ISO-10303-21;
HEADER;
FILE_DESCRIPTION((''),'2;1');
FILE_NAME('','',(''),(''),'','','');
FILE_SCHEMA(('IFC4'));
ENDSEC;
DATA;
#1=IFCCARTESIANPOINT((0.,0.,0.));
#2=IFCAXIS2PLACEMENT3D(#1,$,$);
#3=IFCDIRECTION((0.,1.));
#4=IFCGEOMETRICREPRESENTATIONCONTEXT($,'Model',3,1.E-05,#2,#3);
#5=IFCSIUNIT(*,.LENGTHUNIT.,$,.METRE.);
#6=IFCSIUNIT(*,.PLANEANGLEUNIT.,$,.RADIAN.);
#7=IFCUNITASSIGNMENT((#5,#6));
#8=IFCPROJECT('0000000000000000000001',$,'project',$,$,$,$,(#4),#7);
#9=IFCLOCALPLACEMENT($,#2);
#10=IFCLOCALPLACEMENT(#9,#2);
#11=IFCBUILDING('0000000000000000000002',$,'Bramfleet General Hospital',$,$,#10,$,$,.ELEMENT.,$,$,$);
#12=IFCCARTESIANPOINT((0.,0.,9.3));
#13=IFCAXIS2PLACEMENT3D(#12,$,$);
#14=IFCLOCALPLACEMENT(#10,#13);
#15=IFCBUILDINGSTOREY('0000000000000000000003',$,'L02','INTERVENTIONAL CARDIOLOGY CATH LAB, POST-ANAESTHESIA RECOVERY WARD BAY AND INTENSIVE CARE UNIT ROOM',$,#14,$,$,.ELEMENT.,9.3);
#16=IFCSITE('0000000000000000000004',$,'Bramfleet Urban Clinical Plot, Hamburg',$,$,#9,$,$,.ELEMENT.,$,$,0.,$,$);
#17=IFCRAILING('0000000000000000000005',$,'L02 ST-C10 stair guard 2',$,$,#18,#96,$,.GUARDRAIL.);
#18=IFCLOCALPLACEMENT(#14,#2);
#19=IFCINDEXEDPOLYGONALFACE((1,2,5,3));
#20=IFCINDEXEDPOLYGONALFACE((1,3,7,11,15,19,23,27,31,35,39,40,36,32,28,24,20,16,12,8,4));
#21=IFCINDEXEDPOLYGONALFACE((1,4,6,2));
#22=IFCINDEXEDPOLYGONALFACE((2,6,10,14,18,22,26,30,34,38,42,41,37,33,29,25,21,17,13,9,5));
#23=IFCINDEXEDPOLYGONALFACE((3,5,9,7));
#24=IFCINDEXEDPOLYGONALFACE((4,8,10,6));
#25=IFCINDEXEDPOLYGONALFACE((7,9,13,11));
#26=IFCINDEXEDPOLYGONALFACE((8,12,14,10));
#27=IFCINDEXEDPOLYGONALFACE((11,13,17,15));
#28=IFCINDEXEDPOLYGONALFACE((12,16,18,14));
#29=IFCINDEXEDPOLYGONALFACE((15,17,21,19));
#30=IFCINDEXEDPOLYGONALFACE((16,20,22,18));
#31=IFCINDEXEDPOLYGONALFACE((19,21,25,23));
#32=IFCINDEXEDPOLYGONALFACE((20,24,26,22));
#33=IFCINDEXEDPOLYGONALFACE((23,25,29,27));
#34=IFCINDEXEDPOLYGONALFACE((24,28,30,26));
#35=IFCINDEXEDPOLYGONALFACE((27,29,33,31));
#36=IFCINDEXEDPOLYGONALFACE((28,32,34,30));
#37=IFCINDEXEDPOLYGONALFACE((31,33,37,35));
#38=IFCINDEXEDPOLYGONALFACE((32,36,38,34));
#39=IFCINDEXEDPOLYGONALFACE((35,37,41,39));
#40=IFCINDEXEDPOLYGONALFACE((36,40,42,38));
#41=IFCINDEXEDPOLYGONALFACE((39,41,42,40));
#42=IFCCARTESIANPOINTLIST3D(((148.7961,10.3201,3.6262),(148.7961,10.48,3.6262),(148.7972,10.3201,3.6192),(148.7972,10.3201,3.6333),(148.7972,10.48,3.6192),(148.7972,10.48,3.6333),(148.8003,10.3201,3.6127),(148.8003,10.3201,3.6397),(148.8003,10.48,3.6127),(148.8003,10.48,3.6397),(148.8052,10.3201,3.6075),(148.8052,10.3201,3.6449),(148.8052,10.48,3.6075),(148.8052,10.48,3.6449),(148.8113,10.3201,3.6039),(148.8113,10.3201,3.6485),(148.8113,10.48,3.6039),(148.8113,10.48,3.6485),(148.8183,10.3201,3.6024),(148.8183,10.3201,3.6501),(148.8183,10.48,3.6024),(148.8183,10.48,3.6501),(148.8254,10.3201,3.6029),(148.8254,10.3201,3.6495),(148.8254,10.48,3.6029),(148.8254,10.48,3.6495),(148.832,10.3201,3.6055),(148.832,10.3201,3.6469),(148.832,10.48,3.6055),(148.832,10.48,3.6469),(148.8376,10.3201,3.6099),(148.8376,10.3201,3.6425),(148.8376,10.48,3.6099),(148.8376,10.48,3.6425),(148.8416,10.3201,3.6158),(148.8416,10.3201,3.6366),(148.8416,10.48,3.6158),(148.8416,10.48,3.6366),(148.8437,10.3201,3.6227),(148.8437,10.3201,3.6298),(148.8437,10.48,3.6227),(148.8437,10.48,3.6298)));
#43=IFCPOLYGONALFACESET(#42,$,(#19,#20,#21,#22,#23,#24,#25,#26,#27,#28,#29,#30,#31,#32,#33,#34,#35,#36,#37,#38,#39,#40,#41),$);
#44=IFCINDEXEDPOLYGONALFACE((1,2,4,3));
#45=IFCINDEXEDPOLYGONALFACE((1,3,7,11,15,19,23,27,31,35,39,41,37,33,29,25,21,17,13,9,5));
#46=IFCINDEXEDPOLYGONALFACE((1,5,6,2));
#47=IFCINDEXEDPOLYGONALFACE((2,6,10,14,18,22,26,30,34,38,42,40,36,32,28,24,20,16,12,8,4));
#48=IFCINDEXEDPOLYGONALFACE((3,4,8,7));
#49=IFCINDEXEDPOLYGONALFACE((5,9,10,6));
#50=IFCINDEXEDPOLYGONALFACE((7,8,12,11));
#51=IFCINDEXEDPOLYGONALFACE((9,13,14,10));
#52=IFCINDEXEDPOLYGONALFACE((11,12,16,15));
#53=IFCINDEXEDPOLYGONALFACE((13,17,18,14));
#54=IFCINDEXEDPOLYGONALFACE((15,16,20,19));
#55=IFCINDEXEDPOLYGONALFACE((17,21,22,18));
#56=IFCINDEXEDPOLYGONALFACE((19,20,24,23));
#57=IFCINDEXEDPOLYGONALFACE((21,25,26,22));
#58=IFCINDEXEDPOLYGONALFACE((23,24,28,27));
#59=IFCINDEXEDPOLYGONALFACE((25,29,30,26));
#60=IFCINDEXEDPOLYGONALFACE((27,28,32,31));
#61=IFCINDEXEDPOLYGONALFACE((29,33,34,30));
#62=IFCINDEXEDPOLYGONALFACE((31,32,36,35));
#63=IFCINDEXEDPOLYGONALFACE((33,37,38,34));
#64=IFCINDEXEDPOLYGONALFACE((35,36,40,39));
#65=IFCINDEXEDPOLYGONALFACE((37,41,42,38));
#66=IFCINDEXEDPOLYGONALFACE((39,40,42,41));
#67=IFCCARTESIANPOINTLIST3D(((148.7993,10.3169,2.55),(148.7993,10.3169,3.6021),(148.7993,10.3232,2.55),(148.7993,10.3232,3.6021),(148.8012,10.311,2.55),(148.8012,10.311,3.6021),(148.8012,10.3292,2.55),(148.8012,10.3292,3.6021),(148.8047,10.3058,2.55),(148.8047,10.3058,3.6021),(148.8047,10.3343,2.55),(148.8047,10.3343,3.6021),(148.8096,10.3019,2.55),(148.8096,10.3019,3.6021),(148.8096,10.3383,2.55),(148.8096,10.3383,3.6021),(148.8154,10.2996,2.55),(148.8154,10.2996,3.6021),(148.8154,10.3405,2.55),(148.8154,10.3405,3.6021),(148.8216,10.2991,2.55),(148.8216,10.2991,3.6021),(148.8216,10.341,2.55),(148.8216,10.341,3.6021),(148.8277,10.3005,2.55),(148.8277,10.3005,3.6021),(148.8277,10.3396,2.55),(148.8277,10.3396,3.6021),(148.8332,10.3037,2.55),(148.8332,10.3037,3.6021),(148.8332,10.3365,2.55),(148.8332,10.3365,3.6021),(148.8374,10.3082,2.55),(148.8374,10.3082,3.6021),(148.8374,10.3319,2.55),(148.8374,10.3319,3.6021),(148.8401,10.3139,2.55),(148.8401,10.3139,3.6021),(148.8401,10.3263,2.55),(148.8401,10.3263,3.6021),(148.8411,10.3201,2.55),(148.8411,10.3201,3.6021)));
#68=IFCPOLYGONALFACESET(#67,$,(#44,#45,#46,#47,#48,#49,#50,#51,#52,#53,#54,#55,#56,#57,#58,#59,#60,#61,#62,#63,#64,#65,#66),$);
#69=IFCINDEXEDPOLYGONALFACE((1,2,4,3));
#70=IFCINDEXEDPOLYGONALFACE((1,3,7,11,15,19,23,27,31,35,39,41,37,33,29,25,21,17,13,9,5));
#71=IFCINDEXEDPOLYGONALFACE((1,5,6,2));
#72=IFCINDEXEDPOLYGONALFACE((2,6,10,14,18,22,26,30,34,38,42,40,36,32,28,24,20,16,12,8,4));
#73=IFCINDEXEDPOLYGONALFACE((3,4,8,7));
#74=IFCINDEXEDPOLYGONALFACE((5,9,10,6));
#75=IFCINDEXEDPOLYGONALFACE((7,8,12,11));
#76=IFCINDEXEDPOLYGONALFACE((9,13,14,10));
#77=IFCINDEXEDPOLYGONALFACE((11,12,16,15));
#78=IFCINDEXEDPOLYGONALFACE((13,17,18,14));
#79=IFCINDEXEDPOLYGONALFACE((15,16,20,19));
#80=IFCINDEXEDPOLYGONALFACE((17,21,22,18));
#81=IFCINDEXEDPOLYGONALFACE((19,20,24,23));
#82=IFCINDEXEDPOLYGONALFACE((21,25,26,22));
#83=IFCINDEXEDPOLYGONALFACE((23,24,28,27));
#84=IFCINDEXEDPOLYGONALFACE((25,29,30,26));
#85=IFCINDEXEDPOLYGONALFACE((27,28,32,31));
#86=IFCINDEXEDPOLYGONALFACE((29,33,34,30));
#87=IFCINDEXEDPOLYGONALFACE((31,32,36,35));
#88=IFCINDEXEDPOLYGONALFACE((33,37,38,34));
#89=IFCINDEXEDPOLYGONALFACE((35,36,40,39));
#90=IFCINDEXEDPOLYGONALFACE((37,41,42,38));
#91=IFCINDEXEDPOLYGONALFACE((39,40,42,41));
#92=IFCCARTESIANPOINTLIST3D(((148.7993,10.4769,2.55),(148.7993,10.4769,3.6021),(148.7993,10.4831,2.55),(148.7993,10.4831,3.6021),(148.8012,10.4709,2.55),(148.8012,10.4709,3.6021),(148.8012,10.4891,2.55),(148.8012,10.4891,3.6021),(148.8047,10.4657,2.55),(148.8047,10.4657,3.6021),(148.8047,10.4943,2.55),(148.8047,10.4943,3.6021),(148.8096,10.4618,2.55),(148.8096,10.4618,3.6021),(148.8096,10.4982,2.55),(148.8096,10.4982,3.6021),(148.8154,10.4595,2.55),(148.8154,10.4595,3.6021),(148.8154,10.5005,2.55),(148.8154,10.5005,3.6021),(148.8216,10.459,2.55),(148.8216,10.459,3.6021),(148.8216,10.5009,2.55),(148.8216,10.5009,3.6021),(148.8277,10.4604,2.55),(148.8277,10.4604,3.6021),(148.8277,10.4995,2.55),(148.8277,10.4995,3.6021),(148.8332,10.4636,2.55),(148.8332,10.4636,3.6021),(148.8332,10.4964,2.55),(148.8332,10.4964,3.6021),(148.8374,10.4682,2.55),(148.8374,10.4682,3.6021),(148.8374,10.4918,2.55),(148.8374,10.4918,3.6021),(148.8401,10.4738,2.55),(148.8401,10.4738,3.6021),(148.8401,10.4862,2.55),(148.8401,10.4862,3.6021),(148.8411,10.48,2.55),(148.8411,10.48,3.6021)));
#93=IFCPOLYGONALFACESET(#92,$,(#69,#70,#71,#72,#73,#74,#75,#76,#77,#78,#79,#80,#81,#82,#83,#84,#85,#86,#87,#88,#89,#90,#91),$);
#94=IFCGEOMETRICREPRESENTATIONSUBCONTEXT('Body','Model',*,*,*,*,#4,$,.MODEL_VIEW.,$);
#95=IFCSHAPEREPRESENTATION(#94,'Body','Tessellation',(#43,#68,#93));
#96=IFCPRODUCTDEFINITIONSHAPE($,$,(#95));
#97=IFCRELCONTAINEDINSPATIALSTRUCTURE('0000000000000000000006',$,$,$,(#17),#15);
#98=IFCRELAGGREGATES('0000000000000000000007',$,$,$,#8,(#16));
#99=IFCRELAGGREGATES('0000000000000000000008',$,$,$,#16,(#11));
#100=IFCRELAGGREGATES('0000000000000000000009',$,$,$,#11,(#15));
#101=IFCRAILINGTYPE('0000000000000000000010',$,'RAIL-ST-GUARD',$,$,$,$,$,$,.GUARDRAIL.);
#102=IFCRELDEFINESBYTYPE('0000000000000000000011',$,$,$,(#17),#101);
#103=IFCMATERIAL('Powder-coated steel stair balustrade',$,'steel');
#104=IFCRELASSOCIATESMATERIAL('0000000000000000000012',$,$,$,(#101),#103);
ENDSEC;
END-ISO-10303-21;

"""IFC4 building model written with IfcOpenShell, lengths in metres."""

from ifc_helpers import new_model, si_unit, direction, frame, origin, origin_2d, place, context, subcontext, project, spatial, circle, extrude, material, type_object, element, save


model = new_model("IFC4")

# Units and contexts
model_context = context("Model", 3, precision=1e-05, world=origin(), true_north=direction((0.0, 1.0)))
body_context = subcontext(model_context, "Body", "Model", "MODEL_VIEW")
ifc_project = project(units=[si_unit("LENGTHUNIT", "METRE"), si_unit("PLANEANGLEUNIT", "RADIAN")], contexts=[model_context])

# Site, building, storey
site_placement = place(None, origin())
site = spatial("IfcSite", under=ifc_project, at=site_placement, Name="Bramfleet Urban Clinical Plot, Hamburg", CompositionType="ELEMENT", RefElevation=0.0)
building_placement = place(site_placement, origin())
building = spatial("IfcBuilding", under=site, at=building_placement, Name="Bramfleet General Hospital", CompositionType="ELEMENT")
storey_placement = place(building_placement, frame((0.0, 0.0, 9.3)))
storey = spatial("IfcBuildingStorey", under=building, at=storey_placement, Name="L02", Description="INTERVENTIONAL CARDIOLOGY CATH LAB, POST-ANAESTHESIA RECOVERY WARD BAY AND INTENSIVE CARE UNIT ROOM", CompositionType="ELEMENT", Elevation=9.3)

# Railing
ifc_material_1 = material(Name="Powder-coated steel stair balustrade", Category="steel")
railing_type = type_object("IfcRailingType", Name="RAIL-ST-GUARD", PredefinedType="GUARDRAIL", material=ifc_material_1)
railing_1_placement = place(storey_placement, frame((148.8201, 10.3201, 2.55)))
element("IfcRailing", 1, at=railing_1_placement, inside=storey, type_object=railing_type, Name="L02 ST-C10 stair guard 2", PredefinedType="GUARDRAIL", context=body_context, shape_type="SweptSolid", body=[
    extrude(circle(Radius=0.0239, at=origin_2d()), frame((0.0, 0.0, 1.0762), z_axis=(0.0, 1.0, 0.0), x_axis=(-1.0, 0.0, 0.0)), (0.0, 0.0, 1.0), 0.1599),
    extrude(circle(Radius=0.021, at=origin_2d()), origin(), (0.0, 0.0, 1.0), 1.052),
    extrude(circle(Radius=0.021, at=origin_2d()), frame((0.0, 0.1599, 0.0)), (0.0, 0.0, 1.0), 1.052),
])

save(model, "model.ifc")
